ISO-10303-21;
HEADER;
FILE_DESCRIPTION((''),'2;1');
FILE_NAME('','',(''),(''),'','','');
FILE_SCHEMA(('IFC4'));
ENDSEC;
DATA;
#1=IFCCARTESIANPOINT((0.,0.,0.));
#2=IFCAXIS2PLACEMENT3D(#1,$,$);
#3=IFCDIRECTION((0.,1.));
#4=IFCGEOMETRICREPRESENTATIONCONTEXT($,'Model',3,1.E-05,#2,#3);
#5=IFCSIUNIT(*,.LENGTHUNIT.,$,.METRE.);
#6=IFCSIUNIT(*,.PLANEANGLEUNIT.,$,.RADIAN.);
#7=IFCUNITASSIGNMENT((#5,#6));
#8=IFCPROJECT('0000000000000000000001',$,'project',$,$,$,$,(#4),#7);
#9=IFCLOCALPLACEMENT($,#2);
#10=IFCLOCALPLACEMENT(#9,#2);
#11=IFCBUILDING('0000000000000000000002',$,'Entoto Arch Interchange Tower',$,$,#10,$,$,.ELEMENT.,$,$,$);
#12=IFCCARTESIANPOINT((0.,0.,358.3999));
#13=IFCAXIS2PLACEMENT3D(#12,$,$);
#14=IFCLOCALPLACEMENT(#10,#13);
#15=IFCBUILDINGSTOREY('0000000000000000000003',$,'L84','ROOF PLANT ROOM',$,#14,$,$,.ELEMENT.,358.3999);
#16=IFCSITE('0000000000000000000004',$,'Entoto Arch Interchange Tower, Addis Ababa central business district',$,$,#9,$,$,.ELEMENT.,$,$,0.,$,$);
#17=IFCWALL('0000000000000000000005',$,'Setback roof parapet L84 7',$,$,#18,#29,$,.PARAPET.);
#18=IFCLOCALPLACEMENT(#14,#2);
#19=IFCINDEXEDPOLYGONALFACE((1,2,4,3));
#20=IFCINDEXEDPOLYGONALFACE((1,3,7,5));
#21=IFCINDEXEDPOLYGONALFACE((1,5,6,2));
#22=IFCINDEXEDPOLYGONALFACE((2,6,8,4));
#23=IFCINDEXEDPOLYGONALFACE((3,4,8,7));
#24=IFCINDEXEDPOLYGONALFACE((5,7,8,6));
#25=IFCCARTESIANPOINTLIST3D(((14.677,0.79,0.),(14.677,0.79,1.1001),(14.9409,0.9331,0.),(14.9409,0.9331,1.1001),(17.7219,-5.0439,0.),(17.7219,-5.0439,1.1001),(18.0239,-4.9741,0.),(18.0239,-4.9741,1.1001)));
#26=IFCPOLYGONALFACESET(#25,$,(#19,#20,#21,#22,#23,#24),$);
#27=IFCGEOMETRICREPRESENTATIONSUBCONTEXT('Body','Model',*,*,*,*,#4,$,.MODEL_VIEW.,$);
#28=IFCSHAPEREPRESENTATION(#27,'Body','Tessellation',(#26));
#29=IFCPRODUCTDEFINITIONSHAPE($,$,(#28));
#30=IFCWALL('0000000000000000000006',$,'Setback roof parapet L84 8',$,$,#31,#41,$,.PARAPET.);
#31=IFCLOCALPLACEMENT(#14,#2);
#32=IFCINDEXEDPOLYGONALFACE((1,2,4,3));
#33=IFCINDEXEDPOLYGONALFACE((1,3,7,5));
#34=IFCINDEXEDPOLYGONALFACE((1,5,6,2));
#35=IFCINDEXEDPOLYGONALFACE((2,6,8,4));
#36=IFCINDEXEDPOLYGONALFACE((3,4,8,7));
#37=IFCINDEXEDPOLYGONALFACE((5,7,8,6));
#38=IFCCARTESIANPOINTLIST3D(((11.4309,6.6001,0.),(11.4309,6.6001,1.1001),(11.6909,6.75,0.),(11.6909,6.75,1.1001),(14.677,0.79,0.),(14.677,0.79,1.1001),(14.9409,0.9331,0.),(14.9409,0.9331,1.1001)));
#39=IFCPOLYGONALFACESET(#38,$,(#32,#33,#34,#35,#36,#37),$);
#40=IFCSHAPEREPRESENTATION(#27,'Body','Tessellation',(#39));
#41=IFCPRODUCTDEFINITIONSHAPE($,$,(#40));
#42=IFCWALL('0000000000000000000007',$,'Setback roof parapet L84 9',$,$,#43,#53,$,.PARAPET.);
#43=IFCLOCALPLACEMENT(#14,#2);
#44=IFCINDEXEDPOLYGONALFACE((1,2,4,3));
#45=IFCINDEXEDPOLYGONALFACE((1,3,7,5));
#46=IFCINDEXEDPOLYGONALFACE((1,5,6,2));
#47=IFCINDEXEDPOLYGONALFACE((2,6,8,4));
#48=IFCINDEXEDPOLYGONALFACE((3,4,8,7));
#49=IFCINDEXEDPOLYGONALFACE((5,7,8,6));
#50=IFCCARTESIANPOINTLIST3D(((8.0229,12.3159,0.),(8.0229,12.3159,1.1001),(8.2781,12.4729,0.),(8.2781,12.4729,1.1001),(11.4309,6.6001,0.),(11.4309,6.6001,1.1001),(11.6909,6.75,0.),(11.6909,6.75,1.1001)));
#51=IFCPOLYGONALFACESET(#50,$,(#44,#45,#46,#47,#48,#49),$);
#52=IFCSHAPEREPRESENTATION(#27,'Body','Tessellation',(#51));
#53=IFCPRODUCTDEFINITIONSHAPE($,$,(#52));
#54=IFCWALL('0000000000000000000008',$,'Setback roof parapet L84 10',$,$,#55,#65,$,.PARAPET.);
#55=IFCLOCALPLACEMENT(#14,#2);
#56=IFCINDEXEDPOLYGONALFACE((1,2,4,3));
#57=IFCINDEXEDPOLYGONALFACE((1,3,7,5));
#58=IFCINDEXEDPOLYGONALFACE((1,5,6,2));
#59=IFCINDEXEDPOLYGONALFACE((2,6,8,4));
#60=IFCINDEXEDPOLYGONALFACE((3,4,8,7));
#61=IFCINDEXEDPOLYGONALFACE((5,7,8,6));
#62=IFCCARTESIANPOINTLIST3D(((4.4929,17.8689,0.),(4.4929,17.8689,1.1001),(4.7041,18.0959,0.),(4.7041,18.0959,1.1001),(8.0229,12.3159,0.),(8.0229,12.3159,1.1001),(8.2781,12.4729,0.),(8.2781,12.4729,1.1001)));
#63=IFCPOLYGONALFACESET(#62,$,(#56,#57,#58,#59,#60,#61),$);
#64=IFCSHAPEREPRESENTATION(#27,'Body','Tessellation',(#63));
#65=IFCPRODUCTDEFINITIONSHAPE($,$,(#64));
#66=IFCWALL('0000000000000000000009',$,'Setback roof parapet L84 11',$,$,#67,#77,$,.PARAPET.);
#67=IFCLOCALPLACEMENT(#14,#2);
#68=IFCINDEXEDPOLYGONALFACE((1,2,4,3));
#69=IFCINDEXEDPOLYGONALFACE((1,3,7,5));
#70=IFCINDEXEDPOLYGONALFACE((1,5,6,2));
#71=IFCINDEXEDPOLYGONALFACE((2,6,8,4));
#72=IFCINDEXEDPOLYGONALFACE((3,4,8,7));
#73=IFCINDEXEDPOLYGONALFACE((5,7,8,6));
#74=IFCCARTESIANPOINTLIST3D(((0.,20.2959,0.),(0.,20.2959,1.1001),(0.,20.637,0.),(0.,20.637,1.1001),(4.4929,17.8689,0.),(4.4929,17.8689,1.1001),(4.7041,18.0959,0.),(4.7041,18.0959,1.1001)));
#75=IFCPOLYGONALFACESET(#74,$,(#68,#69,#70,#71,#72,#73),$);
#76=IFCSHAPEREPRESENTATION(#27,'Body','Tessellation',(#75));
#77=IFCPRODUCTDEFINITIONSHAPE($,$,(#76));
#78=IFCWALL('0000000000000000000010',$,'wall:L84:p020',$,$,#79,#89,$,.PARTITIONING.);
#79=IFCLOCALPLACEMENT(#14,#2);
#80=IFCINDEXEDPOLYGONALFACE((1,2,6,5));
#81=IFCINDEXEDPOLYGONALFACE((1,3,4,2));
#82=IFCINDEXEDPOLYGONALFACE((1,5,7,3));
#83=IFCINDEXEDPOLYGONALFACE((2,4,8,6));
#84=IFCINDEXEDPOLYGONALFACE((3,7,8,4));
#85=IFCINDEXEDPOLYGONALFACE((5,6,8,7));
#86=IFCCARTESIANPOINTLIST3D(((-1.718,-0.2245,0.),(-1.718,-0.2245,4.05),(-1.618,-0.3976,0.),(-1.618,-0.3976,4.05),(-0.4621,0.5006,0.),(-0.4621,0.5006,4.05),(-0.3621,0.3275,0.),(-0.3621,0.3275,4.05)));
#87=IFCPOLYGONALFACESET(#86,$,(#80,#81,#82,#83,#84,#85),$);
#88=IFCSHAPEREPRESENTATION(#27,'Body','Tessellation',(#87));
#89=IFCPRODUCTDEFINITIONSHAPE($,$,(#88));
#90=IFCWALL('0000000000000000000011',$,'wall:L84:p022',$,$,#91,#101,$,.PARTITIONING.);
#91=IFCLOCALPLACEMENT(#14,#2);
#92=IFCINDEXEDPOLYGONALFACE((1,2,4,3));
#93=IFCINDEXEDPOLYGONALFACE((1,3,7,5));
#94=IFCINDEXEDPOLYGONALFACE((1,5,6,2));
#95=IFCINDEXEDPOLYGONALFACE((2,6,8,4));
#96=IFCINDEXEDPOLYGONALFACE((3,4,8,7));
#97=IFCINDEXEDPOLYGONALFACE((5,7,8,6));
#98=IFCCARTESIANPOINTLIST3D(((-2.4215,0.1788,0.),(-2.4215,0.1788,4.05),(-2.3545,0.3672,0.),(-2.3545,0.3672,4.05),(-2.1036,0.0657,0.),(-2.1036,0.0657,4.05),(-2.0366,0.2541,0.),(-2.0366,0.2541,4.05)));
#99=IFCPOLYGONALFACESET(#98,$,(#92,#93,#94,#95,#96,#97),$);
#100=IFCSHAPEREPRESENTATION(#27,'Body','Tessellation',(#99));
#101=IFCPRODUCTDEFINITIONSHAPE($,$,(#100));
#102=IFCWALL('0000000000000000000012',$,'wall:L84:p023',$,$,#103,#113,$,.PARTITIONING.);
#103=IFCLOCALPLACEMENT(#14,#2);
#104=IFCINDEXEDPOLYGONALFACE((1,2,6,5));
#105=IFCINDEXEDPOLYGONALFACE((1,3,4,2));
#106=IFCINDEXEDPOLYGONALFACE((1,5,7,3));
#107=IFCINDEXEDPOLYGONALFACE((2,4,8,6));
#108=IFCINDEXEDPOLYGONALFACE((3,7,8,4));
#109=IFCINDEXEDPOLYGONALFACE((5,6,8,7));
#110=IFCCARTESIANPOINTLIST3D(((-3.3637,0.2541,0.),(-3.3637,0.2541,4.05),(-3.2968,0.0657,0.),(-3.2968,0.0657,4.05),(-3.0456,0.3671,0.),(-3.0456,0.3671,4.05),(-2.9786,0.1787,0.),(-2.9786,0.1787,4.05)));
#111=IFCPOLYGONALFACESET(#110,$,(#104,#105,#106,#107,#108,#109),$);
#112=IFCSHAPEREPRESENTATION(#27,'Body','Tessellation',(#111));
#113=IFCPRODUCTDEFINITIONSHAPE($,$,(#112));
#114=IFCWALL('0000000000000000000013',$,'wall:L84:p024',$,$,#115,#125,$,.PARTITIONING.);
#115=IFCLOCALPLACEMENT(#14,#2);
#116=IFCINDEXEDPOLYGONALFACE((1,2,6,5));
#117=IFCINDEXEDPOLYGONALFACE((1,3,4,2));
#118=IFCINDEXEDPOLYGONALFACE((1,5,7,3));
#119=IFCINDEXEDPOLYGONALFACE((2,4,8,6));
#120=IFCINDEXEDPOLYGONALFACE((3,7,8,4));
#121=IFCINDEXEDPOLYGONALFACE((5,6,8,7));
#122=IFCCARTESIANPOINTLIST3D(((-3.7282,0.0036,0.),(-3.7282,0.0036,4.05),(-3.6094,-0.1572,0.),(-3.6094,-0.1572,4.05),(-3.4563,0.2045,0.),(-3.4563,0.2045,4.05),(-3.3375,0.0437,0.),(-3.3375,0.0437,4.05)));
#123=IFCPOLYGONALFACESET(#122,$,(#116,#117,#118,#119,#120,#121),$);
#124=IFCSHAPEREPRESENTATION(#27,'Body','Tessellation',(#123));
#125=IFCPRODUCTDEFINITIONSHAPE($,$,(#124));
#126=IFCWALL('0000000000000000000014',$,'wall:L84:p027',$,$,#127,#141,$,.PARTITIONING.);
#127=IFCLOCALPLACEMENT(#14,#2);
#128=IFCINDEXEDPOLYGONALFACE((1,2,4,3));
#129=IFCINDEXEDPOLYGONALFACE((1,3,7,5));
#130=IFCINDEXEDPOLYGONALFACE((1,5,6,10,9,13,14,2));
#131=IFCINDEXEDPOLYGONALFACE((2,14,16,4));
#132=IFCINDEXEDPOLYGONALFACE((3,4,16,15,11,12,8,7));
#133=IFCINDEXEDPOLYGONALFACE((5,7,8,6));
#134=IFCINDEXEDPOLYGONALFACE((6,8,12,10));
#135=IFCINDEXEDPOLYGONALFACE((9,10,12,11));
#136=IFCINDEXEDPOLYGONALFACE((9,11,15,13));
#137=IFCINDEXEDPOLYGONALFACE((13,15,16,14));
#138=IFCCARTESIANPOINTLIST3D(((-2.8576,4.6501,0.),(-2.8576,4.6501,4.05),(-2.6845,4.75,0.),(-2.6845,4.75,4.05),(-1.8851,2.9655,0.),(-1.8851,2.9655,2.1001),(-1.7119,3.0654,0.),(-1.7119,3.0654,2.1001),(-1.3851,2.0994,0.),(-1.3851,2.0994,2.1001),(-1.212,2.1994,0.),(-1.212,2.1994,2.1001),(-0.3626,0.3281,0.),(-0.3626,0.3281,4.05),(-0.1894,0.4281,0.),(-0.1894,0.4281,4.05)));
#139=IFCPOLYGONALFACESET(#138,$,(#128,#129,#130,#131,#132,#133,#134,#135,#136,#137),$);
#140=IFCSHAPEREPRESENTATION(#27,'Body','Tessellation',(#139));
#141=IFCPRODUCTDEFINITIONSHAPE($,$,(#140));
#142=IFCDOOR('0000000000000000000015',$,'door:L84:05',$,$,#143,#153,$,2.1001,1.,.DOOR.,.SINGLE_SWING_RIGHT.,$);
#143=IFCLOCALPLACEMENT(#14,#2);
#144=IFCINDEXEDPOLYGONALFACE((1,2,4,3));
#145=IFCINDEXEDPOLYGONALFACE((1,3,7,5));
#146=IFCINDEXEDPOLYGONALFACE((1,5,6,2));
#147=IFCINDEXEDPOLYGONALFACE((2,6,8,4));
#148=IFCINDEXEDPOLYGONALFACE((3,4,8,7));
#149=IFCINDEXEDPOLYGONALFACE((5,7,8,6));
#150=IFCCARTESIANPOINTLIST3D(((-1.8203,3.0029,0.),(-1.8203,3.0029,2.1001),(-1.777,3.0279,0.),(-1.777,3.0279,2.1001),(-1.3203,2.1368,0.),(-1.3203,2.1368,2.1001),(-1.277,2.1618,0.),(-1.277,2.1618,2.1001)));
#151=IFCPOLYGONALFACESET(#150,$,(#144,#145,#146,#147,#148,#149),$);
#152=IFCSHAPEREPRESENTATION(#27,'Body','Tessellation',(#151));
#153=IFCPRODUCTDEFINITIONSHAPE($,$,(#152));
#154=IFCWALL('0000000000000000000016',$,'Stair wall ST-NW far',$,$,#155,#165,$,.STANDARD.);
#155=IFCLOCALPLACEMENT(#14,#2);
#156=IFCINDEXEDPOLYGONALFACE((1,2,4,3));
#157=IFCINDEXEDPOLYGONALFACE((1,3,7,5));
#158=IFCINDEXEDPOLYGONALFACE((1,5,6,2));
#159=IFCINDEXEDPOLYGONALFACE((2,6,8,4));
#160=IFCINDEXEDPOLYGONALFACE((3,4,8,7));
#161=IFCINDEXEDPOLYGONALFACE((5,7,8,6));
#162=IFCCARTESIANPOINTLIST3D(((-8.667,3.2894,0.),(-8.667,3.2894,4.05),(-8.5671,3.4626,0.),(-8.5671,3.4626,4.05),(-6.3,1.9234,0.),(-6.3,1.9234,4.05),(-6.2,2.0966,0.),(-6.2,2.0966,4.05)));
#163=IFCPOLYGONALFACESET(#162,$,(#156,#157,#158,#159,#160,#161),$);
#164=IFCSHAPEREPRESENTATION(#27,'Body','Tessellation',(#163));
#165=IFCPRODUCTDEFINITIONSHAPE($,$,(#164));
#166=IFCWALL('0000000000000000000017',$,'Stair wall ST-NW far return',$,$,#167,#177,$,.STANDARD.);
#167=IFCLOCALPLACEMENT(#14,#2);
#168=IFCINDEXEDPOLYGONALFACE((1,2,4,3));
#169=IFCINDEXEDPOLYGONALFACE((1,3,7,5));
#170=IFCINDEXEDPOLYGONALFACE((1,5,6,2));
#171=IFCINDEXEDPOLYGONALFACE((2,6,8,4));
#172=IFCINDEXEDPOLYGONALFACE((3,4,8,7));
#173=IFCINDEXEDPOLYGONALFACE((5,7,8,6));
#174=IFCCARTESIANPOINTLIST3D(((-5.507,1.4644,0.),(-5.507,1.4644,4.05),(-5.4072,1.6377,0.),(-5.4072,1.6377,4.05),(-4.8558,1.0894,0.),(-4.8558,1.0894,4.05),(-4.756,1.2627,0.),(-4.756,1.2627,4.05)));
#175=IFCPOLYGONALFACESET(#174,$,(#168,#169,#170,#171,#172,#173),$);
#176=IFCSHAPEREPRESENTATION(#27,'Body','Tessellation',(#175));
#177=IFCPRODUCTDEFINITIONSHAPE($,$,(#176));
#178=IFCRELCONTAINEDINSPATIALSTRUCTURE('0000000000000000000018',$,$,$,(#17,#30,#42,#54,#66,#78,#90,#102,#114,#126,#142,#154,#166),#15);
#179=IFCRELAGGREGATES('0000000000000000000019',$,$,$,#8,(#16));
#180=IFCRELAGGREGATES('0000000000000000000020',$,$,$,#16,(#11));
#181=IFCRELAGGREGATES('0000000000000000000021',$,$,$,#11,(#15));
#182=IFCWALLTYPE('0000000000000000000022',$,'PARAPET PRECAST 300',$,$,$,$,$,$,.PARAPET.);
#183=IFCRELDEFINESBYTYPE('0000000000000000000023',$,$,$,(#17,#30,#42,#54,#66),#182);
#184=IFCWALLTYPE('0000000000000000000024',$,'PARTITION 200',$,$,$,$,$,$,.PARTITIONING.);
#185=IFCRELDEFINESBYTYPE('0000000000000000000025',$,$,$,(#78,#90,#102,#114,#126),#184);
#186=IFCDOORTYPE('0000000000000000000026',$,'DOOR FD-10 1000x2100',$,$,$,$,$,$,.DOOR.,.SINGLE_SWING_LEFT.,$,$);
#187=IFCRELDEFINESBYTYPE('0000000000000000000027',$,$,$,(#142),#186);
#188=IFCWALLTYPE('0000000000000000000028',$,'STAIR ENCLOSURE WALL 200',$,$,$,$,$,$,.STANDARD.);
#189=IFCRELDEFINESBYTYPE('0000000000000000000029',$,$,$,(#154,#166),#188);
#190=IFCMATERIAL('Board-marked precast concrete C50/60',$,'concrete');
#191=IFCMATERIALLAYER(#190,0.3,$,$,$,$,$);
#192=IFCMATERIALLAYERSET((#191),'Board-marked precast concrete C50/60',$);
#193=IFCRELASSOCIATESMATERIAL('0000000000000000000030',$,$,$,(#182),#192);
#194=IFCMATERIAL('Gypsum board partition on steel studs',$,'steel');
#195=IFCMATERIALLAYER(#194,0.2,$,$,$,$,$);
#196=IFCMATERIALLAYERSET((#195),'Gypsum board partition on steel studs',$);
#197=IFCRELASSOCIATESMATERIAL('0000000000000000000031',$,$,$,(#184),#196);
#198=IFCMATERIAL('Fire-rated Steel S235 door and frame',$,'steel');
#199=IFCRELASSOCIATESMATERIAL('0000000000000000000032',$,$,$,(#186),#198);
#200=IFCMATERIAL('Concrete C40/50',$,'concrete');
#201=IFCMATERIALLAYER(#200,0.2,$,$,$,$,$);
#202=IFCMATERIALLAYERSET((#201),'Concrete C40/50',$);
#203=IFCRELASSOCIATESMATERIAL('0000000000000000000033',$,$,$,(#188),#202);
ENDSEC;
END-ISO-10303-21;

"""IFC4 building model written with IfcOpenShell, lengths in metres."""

from ifc_helpers import new_model, si_unit, direction, frame, frame_2d, origin, place, context, subcontext, project, spatial, polyline, rectangle, outline, extrude, material, layer, layer_set, type_object, element, fill, save


model = new_model("IFC4")

# Units and contexts
model_context = context("Model", 3, precision=1e-05, world=origin(), true_north=direction((0.0, 1.0)))
body_context = subcontext(model_context, "Body", "Model", "MODEL_VIEW")
ifc_project = project(units=[si_unit("LENGTHUNIT", "METRE"), si_unit("PLANEANGLEUNIT", "RADIAN")], contexts=[model_context])

# Site, building, storey
site_placement = place(None, origin())
site = spatial("IfcSite", under=ifc_project, at=site_placement, Name="Entoto Arch Interchange Tower, Addis Ababa central business district", CompositionType="ELEMENT", RefElevation=0.0)
building_placement = place(site_placement, origin())
building = spatial("IfcBuilding", under=site, at=building_placement, Name="Entoto Arch Interchange Tower", CompositionType="ELEMENT")
storey_placement = place(building_placement, frame((0.0, 0.0, 358.3999)))
storey = spatial("IfcBuildingStorey", under=building, at=storey_placement, Name="L84", Description="ROOF PLANT ROOM", CompositionType="ELEMENT", Elevation=358.3999)

# Shared definitions
ifc_material_1 = material(Name="Concrete C40/50", Category="concrete")

# Shared definitions
ifc_material_2 = material(Name="Fire-rated Steel S235 door and frame", Category="steel")

# Walls
ifc_material_3 = material(Name="Board-marked precast concrete C50/60", Category="concrete")
ifc_layer_1 = layer(ifc_material_3, 0.3)
ifc_layer_set_1 = layer_set([ifc_layer_1], Name="Board-marked precast concrete C50/60")
wall_type_1 = type_object("IfcWallType", Name="PARAPET PRECAST 300", PredefinedType="PARAPET", material=ifc_layer_set_1)
wall_1_placement = place(storey_placement, origin())
element("IfcWall", 1, at=wall_1_placement, inside=storey, type_object=wall_type_1, Name="Setback roof parapet L84 7", PredefinedType="PARAPET", context=body_context, shape_type="SweptSolid", body=[
    extrude(outline(polyline([(18.0239, -4.9741), (14.9409, 0.9331), (14.677, 0.79), (17.7219, -5.0439), (18.0239, -4.9741)])), origin(), (0.0, 0.0, 1.0), 1.1001),
])
wall_2_placement = place(storey_placement, origin())
element("IfcWall", 2, at=wall_2_placement, inside=storey, type_object=wall_type_1, Name="Setback roof parapet L84 8", PredefinedType="PARAPET", context=body_context, shape_type="SweptSolid", body=[
    extrude(outline(polyline([(14.9409, 0.9331), (11.6909, 6.75), (11.4309, 6.6001), (14.677, 0.79), (14.9409, 0.9331)])), origin(), (0.0, 0.0, 1.0), 1.1001),
])
wall_3_placement = place(storey_placement, origin())
element("IfcWall", 3, at=wall_3_placement, inside=storey, type_object=wall_type_1, Name="Setback roof parapet L84 9", PredefinedType="PARAPET", context=body_context, shape_type="SweptSolid", body=[
    extrude(outline(polyline([(11.6909, 6.75), (8.2781, 12.4729), (8.0229, 12.3159), (11.4309, 6.6001), (11.6909, 6.75)])), origin(), (0.0, 0.0, 1.0), 1.1001),
])
wall_4_placement = place(storey_placement, origin())
element("IfcWall", 4, at=wall_4_placement, inside=storey, type_object=wall_type_1, Name="Setback roof parapet L84 10", PredefinedType="PARAPET", context=body_context, shape_type="SweptSolid", body=[
    extrude(outline(polyline([(8.2781, 12.4729), (4.7041, 18.0959), (4.4929, 17.8689), (8.0229, 12.3159), (8.2781, 12.4729)])), origin(), (0.0, 0.0, 1.0), 1.1001),
])
wall_5_placement = place(storey_placement, origin())
element("IfcWall", 5, at=wall_5_placement, inside=storey, type_object=wall_type_1, Name="Setback roof parapet L84 11", PredefinedType="PARAPET", context=body_context, shape_type="SweptSolid", body=[
    extrude(outline(polyline([(4.7041, 18.0959), (0.0, 20.637), (0.0, 20.2959), (4.4929, 17.8689), (4.7041, 18.0959)])), origin(), (0.0, 0.0, 1.0), 1.1001),
])
ifc_material_4 = material(Name="Gypsum board partition on steel studs", Category="steel")
ifc_layer_2 = layer(ifc_material_4, 0.2)
ifc_layer_set_2 = layer_set([ifc_layer_2], Name="Gypsum board partition on steel studs")
wall_type_2 = type_object("IfcWallType", Name="PARTITION 200", PredefinedType="PARTITIONING", material=ifc_layer_set_2)
wall_6_placement = place(storey_placement, frame((-0.4121, 0.4141, 0.0), z_axis=(0.0, 0.0, 1.0), x_axis=(-0.866017, -0.500014, 0.0)))
element("IfcWall", 6, at=wall_6_placement, inside=storey, type_object=wall_type_2, Name="wall:L84:p020", PredefinedType="PARTITIONING", context=body_context, shape_type="SweptSolid", body=[
    extrude(rectangle(XDim=1.4502, YDim=0.2, at=frame_2d((0.7251, 0.0))), origin(), (0.0, 0.0, 1.0), 4.05),
])
wall_7_placement = place(storey_placement, frame((-2.0701, 0.1599, 0.0), z_axis=(0.0, 0.0, 1.0), x_axis=(-0.942199, 0.335052, 0.0)))
element("IfcWall", 7, at=wall_7_placement, inside=storey, type_object=wall_type_2, Name="wall:L84:p022", PredefinedType="PARTITIONING", context=body_context, shape_type="SweptSolid", body=[
    extrude(rectangle(XDim=0.3374, YDim=0.2, at=frame_2d((0.1687, 0.0))), origin(), (0.0, 0.0, 1.0), 4.05),
])
wall_8_placement = place(storey_placement, frame((-3.012, 0.2729, 0.0), z_axis=(0.0, 0.0, 1.0), x_axis=(-0.942281, -0.334824, 0.0)))
element("IfcWall", 8, at=wall_8_placement, inside=storey, type_object=wall_type_2, Name="wall:L84:p023", PredefinedType="PARTITIONING", context=body_context, shape_type="SweptSolid", body=[
    extrude(rectangle(XDim=0.3376, YDim=0.2, at=frame_2d((0.1689, 0.0))), origin(), (0.0, 0.0, 1.0), 4.05),
])
wall_9_placement = place(storey_placement, frame((-3.397, 0.124, 0.0), z_axis=(0.0, 0.0, 1.0), x_axis=(-0.804311, -0.594208, 0.0)))
element("IfcWall", 9, at=wall_9_placement, inside=storey, type_object=wall_type_2, Name="wall:L84:p024", PredefinedType="PARTITIONING", context=body_context, shape_type="SweptSolid", body=[
    extrude(rectangle(XDim=0.3381, YDim=0.2, at=frame_2d((0.1689, 0.0))), origin(), (0.0, 0.0, 1.0), 4.05),
])

# Wall, opening, door
wall_10_placement = place(storey_placement, frame((-2.771, 4.7, 0.0), z_axis=(0.0, 0.0, 1.0), x_axis=(0.499969, -0.866043, 0.0)))
wall_10 = element("IfcWall", 10, at=wall_10_placement, inside=storey, type_object=wall_type_2, Name="wall:L84:p027", PredefinedType="PARTITIONING", context=body_context, shape_type="SweptSolid", body=[
    extrude(rectangle(XDim=4.9905, YDim=0.2, at=frame_2d((2.4951, 0.0))), origin(), (0.0, 0.0, 1.0), 4.05),
])
opening_1_placement = place(wall_10_placement, frame((1.9451, 0.0, 0.0)))
opening_1 = element("IfcOpeningElement", 11, at=opening_1_placement, cuts=wall_10, PredefinedType="OPENING", context=body_context, shape_type="SweptSolid", body=[
    extrude(rectangle(XDim=1.0, YDim=2.1001, at=frame_2d((0.5, 1.05))), frame((0.0, 0.1099, 0.0), z_axis=(0.0, -1.0, 0.0), x_axis=(1.0, 0.0, 0.0)), (0.0, 0.0, 1.0), 0.22),
])
door_type_1 = type_object("IfcDoorType", Name="DOOR FD-10 1000x2100", OperationType="SINGLE_SWING_LEFT", PredefinedType="DOOR", material=ifc_material_2)
door_1_placement = place(opening_1_placement, origin())
door_1 = element("IfcDoor", 12, at=door_1_placement, inside=storey, type_object=door_type_1, Name="door:L84:05", OperationType="SINGLE_SWING_RIGHT", OverallHeight=2.1001, OverallWidth=1.0, PredefinedType="DOOR", context=body_context, shape_type="SweptSolid", body=[
    extrude(rectangle(XDim=1.0, YDim=2.1001, at=frame_2d((0.5, 1.05))), frame((0.0, 0.0249, 0.0), z_axis=(0.0, -1.0, 0.0), x_axis=(1.0, 0.0, 0.0)), (0.0, 0.0, 1.0), 0.05),
])
fill(opening_1, door_1)

# Walls
ifc_layer_3 = layer(ifc_material_1, 0.2)
ifc_layer_set_3 = layer_set([ifc_layer_3], Name="Concrete C40/50")
wall_type_3 = type_object("IfcWallType", Name="STAIR ENCLOSURE WALL 200", PredefinedType="STANDARD", material=ifc_layer_set_3)
wall_11_placement = place(storey_placement, frame((-6.25, 2.01, 0.0), z_axis=(0.0, 0.0, 1.0), x_axis=(-0.866119, 0.499838, 0.0)))
element("IfcWall", 13, at=wall_11_placement, inside=storey, type_object=wall_type_3, Name="Stair wall ST-NW far", PredefinedType="STANDARD", context=body_context, shape_type="SweptSolid", body=[
    extrude(rectangle(XDim=2.7329, YDim=0.2, at=frame_2d((1.3665, 0.0))), origin(), (0.0, 0.0, 1.0), 4.05),
])
wall_12_placement = place(storey_placement, frame((-4.8059, 1.176, 0.0), z_axis=(0.0, 0.0, 1.0), x_axis=(-0.866559, 0.499075, 0.0)))
element("IfcWall", 14, at=wall_12_placement, inside=storey, type_object=wall_type_3, Name="Stair wall ST-NW far return", PredefinedType="STANDARD", context=body_context, shape_type="SweptSolid", body=[
    extrude(rectangle(XDim=0.7515, YDim=0.2, at=frame_2d((0.3757, 0.0))), origin(), (0.0, 0.0, 1.0), 4.05),
])

save(model, "model.ifc")
